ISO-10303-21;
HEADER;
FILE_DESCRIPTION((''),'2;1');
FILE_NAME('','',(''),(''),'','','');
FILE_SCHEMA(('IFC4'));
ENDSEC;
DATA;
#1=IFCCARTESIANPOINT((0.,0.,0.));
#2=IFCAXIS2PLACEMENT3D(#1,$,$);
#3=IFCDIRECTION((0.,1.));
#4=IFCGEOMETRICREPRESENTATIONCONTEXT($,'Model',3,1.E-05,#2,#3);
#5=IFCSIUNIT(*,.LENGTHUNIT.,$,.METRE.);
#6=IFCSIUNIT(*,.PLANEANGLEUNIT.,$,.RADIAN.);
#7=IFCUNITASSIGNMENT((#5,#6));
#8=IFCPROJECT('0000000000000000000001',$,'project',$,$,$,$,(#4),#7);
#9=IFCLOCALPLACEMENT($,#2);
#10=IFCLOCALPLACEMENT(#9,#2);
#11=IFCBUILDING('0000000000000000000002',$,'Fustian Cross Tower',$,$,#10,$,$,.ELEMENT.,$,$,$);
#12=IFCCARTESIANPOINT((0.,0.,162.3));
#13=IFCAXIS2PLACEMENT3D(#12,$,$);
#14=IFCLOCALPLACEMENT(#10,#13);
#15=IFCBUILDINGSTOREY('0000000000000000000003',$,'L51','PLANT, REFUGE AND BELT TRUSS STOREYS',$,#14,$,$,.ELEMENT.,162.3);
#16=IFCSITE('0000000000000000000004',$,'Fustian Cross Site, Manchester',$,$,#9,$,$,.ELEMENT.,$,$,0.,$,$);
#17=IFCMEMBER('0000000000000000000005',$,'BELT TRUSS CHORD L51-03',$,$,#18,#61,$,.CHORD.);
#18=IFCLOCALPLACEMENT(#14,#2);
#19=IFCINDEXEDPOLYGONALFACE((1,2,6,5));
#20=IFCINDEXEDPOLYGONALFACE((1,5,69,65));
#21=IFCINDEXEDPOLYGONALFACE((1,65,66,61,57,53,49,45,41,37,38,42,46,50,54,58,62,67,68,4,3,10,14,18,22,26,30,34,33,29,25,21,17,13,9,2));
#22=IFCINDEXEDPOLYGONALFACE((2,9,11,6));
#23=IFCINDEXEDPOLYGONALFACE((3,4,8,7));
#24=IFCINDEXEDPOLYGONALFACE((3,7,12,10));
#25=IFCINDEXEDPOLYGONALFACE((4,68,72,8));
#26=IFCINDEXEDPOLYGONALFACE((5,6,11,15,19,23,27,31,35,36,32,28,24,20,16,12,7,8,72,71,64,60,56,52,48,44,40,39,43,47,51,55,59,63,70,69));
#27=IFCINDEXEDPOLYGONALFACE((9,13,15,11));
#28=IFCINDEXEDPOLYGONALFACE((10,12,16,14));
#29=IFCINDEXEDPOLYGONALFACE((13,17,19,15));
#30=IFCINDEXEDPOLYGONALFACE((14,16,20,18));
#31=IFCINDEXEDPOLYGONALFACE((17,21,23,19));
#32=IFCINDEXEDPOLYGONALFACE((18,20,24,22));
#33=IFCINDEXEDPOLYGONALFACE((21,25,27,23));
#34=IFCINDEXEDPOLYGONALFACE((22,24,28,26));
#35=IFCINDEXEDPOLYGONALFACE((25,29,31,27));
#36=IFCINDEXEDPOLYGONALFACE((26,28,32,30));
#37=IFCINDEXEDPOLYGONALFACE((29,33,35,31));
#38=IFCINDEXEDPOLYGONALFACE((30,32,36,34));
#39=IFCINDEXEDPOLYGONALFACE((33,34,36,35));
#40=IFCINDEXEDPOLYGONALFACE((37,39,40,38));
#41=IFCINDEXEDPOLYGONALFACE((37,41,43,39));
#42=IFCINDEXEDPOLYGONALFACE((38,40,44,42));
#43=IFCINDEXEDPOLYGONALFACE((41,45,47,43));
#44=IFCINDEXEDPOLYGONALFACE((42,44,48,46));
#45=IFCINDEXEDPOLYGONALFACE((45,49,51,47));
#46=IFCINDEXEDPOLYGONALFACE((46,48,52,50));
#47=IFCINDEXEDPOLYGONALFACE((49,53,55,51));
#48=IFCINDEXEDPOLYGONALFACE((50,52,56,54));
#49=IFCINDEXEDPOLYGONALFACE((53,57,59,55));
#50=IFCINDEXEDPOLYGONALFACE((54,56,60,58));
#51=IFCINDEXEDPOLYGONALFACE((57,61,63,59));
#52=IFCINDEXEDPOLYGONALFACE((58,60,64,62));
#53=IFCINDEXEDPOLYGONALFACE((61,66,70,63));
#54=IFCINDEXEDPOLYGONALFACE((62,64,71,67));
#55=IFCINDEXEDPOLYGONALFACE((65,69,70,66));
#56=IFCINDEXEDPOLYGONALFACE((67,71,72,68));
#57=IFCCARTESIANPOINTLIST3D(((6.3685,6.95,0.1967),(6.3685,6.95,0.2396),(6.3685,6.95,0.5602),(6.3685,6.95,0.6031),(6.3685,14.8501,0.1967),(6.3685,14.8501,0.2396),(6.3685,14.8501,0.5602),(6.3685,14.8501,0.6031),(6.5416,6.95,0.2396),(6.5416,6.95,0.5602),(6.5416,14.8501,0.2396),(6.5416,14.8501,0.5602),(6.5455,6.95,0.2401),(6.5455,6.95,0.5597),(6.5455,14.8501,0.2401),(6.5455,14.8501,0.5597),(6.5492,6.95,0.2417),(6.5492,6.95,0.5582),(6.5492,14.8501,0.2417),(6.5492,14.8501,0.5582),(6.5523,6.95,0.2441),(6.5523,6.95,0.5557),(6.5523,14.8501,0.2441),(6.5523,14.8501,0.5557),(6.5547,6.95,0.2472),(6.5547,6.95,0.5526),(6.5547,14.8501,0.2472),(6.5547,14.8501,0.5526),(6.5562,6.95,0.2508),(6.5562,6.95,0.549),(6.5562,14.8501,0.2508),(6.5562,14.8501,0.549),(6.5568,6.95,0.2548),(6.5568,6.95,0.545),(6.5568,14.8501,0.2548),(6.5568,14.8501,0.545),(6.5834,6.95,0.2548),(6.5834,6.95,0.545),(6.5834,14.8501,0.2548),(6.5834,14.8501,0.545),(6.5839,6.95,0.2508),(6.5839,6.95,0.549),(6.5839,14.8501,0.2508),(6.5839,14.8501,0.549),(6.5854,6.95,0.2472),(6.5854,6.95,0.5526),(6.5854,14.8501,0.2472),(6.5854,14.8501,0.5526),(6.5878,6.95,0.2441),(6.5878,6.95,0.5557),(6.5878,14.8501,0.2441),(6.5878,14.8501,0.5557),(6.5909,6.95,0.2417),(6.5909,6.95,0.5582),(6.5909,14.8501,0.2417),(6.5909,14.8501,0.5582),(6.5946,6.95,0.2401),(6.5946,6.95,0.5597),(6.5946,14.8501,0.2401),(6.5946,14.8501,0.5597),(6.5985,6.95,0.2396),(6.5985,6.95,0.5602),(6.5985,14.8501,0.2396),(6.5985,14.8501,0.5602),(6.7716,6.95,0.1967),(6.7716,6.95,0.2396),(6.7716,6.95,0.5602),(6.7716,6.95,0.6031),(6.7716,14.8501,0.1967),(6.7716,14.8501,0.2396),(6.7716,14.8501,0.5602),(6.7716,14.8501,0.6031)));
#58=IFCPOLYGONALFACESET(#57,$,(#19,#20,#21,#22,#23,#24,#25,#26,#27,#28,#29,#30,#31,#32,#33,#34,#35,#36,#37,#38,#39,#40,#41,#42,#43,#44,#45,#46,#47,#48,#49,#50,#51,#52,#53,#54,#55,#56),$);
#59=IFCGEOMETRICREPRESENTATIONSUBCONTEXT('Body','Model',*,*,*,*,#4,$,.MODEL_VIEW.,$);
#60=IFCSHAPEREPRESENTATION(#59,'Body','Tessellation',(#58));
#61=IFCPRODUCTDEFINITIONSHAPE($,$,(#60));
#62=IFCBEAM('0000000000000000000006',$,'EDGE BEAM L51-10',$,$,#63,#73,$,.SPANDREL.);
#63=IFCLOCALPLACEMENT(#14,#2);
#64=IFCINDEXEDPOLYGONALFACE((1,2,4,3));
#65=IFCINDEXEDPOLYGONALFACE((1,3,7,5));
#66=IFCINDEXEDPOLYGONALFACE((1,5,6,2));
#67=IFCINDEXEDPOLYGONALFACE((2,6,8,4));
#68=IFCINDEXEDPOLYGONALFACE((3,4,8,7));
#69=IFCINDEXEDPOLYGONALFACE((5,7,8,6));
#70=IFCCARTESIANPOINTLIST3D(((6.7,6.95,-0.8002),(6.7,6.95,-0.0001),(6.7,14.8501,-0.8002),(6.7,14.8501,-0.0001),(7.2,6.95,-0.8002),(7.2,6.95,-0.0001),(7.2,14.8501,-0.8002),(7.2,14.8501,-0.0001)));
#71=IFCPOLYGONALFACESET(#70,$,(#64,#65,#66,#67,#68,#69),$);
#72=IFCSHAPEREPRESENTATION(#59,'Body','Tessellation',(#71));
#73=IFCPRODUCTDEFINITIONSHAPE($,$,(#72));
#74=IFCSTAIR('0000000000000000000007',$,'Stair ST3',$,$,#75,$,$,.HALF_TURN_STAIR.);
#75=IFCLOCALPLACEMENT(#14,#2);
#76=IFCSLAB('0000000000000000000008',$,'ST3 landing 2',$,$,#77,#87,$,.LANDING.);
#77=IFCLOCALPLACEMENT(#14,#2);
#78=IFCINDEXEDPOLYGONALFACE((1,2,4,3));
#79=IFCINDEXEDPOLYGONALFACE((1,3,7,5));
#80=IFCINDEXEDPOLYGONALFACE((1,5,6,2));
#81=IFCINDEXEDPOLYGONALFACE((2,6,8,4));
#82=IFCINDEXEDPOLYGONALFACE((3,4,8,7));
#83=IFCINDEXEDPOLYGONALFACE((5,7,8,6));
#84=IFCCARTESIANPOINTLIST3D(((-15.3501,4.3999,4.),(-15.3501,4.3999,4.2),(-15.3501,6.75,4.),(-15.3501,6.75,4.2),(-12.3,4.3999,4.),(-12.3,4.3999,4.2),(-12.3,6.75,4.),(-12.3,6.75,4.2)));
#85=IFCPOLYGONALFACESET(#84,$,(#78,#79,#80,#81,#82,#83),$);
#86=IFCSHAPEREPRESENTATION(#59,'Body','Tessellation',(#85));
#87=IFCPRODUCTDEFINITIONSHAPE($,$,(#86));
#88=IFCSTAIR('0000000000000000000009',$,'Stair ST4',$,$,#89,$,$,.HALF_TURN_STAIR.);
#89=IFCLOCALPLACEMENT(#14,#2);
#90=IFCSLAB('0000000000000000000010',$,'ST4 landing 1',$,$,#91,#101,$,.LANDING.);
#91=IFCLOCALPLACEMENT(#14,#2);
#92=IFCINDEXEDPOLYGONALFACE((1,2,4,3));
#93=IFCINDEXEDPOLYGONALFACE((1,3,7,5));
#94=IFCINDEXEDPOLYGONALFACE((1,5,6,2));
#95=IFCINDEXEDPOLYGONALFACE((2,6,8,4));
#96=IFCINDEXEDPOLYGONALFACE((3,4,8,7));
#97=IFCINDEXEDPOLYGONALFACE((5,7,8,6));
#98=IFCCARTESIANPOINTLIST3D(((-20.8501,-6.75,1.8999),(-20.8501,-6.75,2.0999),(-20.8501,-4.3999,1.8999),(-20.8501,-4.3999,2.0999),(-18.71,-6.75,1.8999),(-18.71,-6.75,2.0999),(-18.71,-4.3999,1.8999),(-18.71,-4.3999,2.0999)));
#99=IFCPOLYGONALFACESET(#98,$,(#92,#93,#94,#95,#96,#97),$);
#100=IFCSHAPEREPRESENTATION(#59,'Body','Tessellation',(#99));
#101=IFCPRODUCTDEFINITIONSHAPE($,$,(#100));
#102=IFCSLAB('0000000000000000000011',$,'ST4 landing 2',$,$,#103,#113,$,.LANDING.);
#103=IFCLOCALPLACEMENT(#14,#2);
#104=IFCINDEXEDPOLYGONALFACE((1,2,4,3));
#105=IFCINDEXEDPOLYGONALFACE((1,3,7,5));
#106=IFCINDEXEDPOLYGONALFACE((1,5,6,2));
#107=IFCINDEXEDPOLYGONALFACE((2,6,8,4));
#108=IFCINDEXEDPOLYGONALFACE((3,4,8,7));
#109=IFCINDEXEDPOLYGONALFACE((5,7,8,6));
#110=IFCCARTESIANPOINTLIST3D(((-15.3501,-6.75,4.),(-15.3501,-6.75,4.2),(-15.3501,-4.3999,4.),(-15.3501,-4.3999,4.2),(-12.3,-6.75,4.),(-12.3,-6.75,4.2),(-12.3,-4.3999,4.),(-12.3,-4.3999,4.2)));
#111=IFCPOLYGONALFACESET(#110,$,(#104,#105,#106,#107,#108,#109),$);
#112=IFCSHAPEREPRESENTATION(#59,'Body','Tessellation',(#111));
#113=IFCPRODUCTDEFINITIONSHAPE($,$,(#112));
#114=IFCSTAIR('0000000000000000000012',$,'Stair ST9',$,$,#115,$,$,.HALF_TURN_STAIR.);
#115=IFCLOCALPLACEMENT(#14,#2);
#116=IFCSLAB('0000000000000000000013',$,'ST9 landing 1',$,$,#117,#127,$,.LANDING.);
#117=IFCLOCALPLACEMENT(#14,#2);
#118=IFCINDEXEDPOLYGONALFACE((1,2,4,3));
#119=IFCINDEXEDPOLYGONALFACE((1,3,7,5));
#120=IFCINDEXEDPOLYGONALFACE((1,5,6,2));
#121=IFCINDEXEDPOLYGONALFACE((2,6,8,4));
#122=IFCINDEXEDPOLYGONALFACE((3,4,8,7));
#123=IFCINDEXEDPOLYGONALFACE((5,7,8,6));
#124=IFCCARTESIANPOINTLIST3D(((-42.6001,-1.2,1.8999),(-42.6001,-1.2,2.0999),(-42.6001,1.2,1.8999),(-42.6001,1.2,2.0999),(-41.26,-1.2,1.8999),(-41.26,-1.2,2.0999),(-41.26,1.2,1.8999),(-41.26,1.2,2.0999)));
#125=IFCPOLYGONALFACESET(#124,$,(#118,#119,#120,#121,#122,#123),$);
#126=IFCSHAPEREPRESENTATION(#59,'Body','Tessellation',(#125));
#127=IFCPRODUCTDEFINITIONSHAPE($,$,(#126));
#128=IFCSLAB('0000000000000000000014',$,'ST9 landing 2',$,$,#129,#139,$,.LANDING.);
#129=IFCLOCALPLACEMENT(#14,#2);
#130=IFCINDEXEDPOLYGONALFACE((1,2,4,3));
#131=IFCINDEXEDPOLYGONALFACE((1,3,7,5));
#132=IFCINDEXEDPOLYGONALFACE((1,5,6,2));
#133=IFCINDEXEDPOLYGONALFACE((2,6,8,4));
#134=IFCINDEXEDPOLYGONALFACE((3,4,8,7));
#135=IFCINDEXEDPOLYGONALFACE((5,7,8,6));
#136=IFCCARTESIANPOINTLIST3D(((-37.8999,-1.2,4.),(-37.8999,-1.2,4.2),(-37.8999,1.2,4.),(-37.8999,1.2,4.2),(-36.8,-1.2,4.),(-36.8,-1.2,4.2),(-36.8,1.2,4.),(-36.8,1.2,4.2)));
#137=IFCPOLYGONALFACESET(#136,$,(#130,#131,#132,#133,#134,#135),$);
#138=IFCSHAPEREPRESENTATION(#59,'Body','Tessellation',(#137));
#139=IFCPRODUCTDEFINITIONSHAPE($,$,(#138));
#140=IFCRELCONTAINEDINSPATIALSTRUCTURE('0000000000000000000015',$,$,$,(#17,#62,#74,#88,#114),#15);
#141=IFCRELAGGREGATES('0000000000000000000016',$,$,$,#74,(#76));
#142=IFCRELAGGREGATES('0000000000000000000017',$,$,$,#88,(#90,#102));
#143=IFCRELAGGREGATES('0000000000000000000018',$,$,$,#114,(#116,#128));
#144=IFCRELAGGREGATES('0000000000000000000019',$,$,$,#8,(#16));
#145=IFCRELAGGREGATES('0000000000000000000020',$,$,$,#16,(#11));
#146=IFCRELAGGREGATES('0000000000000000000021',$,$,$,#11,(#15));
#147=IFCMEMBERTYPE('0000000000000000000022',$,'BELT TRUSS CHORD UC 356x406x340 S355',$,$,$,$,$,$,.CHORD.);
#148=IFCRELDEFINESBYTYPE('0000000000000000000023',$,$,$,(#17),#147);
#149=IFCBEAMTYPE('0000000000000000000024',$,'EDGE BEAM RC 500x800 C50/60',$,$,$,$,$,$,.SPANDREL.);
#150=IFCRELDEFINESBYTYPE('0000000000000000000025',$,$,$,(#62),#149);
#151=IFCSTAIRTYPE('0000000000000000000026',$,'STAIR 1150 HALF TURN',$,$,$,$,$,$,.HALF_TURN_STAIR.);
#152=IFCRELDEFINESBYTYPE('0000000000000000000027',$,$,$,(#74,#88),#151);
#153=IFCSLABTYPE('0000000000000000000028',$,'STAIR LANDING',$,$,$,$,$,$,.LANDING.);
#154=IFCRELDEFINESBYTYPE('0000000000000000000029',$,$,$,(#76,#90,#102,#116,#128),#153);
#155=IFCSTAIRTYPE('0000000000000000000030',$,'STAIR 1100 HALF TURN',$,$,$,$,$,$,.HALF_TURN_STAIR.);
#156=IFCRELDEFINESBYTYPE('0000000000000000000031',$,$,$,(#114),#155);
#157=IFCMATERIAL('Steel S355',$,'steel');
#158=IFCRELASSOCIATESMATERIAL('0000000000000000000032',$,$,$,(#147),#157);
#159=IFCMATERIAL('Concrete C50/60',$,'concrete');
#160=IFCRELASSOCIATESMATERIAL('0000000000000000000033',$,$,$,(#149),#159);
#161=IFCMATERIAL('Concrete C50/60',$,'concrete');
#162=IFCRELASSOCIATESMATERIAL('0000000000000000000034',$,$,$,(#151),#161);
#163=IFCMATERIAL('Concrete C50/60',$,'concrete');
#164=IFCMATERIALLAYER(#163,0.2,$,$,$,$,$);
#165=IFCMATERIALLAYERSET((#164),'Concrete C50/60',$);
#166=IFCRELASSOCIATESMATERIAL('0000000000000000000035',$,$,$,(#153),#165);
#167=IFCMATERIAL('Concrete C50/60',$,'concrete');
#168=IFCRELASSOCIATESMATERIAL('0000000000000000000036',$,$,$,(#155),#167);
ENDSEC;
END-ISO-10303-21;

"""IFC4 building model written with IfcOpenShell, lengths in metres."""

from ifc_helpers import new_model, si_unit, direction, frame, origin, origin_2d, place, context, subcontext, project, spatial, polyline, rectangle, i_section, outline, extrude, material, layer, layer_set, material_profile, profile_set, type_object, element, aggregate, save


model = new_model("IFC4")

# Units and contexts
model_context = context("Model", 3, precision=1e-05, world=origin(), true_north=direction((0.0, 1.0)))
body_context = subcontext(model_context, "Body", "Model", "MODEL_VIEW")
ifc_project = project(units=[si_unit("LENGTHUNIT", "METRE"), si_unit("PLANEANGLEUNIT", "RADIAN")], contexts=[model_context])

# Site, building, storey
site_placement = place(None, origin())
site = spatial("IfcSite", under=ifc_project, at=site_placement, Name="Fustian Cross Site, Manchester", CompositionType="ELEMENT", RefElevation=0.0)
building_placement = place(site_placement, origin())
building = spatial("IfcBuilding", under=site, at=building_placement, Name="Fustian Cross Tower", CompositionType="ELEMENT")
storey_placement = place(building_placement, frame((0.0, 0.0, 162.3)))
storey = spatial("IfcBuildingStorey", under=building, at=storey_placement, Name="L51", Description="PLANT, REFUGE AND BELT TRUSS STOREYS", CompositionType="ELEMENT", Elevation=162.3)

# Member
ifc_material_1 = material(Name="Steel S355", Category="steel")
ifc_material_profile_1 = material_profile(ifc_material_1, i_section(OverallWidth=0.4031, OverallDepth=0.4065, WebThickness=0.0266, FlangeThickness=0.043, FilletRadius=0.0151, at=origin_2d()), Name="UC 356x406x340")
ifc_profile_set_1 = profile_set([ifc_material_profile_1], Name="Steel S355")
member_type_1 = type_object("IfcMemberType", Name="BELT TRUSS CHORD UC 356x406x340 S355", PredefinedType="CHORD", material=ifc_profile_set_1)
for number, where, z_axis, x_axis, name in (
    (1, (6.5701, 6.95, 0.3999), (0.0, 1.0, 0.0), (-1.0, 0.0, 0.0), "BELT TRUSS CHORD L51-03"),
):
    element("IfcMember", number, at=place(storey_placement, frame(where, z_axis=z_axis, x_axis=x_axis)), inside=storey, type_object=member_type_1, Name=name, PredefinedType="CHORD", context=body_context, shape_type="SweptSolid", body=[
        extrude(i_section(OverallWidth=0.4031, OverallDepth=0.4065, WebThickness=0.0266, FlangeThickness=0.043, FilletRadius=0.0151, at=origin_2d()), origin(), (0.0, 0.0, 1.0), 7.9001),
    ])

# Beam
ifc_material_2 = material(Name="Concrete C50/60", Category="concrete")
ifc_material_profile_2 = material_profile(ifc_material_2, rectangle(XDim=0.5, YDim=0.8, at=origin_2d()), Name="RC 500x800")
ifc_profile_set_2 = profile_set([ifc_material_profile_2], Name="Concrete C50/60")
beam_type = type_object("IfcBeamType", Name="EDGE BEAM RC 500x800 C50/60", PredefinedType="SPANDREL", material=ifc_profile_set_2)
beam_placement = place(storey_placement, frame((6.95, 6.95, -0.4001), z_axis=(0.0, 1.0, 0.0), x_axis=(-1.0, 0.0, 0.0)))
element("IfcBeam", 2, at=beam_placement, inside=storey, type_object=beam_type, Name="EDGE BEAM L51-10", PredefinedType="SPANDREL", context=body_context, shape_type="SweptSolid", body=[
    extrude(rectangle(XDim=0.5, YDim=0.8, at=origin_2d()), origin(), (0.0, 0.0, 1.0), 7.9001),
])

# Stair, slab
ifc_material_3 = material(Name="Concrete C50/60", Category="concrete")
stair_type_1 = type_object("IfcStairType", Name="STAIR 1150 HALF TURN", PredefinedType="HALF_TURN_STAIR", material=ifc_material_3)
stair_1_placement = place(storey_placement, origin())
stair_1 = element("IfcStair", 3, at=stair_1_placement, inside=storey, type_object=stair_type_1, Name="Stair ST3", PredefinedType="HALF_TURN_STAIR")
ifc_material_4 = material(Name="Concrete C50/60", Category="concrete")
ifc_layer_1 = layer(ifc_material_4, 0.2)
ifc_layer_set_1 = layer_set([ifc_layer_1], Name="Concrete C50/60")
slab_type = type_object("IfcSlabType", Name="STAIR LANDING", PredefinedType="LANDING", material=ifc_layer_set_1)
slab_1_placement = place(storey_placement, frame((0.0, 0.0, 4.0)))
slab_1 = element("IfcSlab", 4, at=slab_1_placement, type_object=slab_type, Name="ST3 landing 2", PredefinedType="LANDING", context=body_context, shape_type="SweptSolid", body=[
    extrude(outline(polyline([(-12.3, 4.3999), (-15.3501, 4.3999), (-15.3501, 6.75), (-12.3, 6.75), (-12.3, 4.3999)])), origin(), (0.0, 0.0, 1.0), 0.2),
])
aggregate(stair_1, [slab_1])

# Stairs, slabs
stair_2_placement = place(storey_placement, origin())
stair_2 = element("IfcStair", 5, at=stair_2_placement, inside=storey, type_object=stair_type_1, Name="Stair ST4", PredefinedType="HALF_TURN_STAIR")
slab_2_placement = place(storey_placement, frame((0.0, 0.0, 1.8999)))
slab_2 = element("IfcSlab", 6, at=slab_2_placement, type_object=slab_type, Name="ST4 landing 1", PredefinedType="LANDING", context=body_context, shape_type="SweptSolid", body=[
    extrude(outline(polyline([(-18.71, -4.3999), (-20.8501, -4.3999), (-20.8501, -6.75), (-18.71, -6.75), (-18.71, -4.3999)])), origin(), (0.0, 0.0, 1.0), 0.2),
])
slab_3_placement = place(storey_placement, frame((0.0, 0.0, 4.0)))
slab_3 = element("IfcSlab", 7, at=slab_3_placement, type_object=slab_type, Name="ST4 landing 2", PredefinedType="LANDING", context=body_context, shape_type="SweptSolid", body=[
    extrude(outline(polyline([(-12.3, -4.3999), (-15.3501, -4.3999), (-15.3501, -6.75), (-12.3, -6.75), (-12.3, -4.3999)])), origin(), (0.0, 0.0, 1.0), 0.2),
])
aggregate(stair_2, [slab_2, slab_3])
ifc_material_5 = material(Name="Concrete C50/60", Category="concrete")
stair_type_2 = type_object("IfcStairType", Name="STAIR 1100 HALF TURN", PredefinedType="HALF_TURN_STAIR", material=ifc_material_5)
stair_3_placement = place(storey_placement, origin())
stair_3 = element("IfcStair", 8, at=stair_3_placement, inside=storey, type_object=stair_type_2, Name="Stair ST9", PredefinedType="HALF_TURN_STAIR")
slab_4_placement = place(storey_placement, frame((0.0, 0.0, 1.8999)))
slab_4 = element("IfcSlab", 9, at=slab_4_placement, type_object=slab_type, Name="ST9 landing 1", PredefinedType="LANDING", context=body_context, shape_type="SweptSolid", body=[
    extrude(outline(polyline([(-41.26, -1.2), (-42.6001, -1.2), (-42.6001, 1.2), (-41.26, 1.2), (-41.26, -1.2)])), origin(), (0.0, 0.0, 1.0), 0.2),
])
slab_5_placement = place(storey_placement, frame((0.0, 0.0, 4.0)))
slab_5 = element("IfcSlab", 10, at=slab_5_placement, type_object=slab_type, Name="ST9 landing 2", PredefinedType="LANDING", context=body_context, shape_type="SweptSolid", body=[
    extrude(outline(polyline([(-36.8, -1.2), (-37.8999, -1.2), (-37.8999, 1.2), (-36.8, 1.2), (-36.8, -1.2)])), origin(), (0.0, 0.0, 1.0), 0.2),
])
aggregate(stair_3, [slab_4, slab_5])

save(model, "model.ifc")
